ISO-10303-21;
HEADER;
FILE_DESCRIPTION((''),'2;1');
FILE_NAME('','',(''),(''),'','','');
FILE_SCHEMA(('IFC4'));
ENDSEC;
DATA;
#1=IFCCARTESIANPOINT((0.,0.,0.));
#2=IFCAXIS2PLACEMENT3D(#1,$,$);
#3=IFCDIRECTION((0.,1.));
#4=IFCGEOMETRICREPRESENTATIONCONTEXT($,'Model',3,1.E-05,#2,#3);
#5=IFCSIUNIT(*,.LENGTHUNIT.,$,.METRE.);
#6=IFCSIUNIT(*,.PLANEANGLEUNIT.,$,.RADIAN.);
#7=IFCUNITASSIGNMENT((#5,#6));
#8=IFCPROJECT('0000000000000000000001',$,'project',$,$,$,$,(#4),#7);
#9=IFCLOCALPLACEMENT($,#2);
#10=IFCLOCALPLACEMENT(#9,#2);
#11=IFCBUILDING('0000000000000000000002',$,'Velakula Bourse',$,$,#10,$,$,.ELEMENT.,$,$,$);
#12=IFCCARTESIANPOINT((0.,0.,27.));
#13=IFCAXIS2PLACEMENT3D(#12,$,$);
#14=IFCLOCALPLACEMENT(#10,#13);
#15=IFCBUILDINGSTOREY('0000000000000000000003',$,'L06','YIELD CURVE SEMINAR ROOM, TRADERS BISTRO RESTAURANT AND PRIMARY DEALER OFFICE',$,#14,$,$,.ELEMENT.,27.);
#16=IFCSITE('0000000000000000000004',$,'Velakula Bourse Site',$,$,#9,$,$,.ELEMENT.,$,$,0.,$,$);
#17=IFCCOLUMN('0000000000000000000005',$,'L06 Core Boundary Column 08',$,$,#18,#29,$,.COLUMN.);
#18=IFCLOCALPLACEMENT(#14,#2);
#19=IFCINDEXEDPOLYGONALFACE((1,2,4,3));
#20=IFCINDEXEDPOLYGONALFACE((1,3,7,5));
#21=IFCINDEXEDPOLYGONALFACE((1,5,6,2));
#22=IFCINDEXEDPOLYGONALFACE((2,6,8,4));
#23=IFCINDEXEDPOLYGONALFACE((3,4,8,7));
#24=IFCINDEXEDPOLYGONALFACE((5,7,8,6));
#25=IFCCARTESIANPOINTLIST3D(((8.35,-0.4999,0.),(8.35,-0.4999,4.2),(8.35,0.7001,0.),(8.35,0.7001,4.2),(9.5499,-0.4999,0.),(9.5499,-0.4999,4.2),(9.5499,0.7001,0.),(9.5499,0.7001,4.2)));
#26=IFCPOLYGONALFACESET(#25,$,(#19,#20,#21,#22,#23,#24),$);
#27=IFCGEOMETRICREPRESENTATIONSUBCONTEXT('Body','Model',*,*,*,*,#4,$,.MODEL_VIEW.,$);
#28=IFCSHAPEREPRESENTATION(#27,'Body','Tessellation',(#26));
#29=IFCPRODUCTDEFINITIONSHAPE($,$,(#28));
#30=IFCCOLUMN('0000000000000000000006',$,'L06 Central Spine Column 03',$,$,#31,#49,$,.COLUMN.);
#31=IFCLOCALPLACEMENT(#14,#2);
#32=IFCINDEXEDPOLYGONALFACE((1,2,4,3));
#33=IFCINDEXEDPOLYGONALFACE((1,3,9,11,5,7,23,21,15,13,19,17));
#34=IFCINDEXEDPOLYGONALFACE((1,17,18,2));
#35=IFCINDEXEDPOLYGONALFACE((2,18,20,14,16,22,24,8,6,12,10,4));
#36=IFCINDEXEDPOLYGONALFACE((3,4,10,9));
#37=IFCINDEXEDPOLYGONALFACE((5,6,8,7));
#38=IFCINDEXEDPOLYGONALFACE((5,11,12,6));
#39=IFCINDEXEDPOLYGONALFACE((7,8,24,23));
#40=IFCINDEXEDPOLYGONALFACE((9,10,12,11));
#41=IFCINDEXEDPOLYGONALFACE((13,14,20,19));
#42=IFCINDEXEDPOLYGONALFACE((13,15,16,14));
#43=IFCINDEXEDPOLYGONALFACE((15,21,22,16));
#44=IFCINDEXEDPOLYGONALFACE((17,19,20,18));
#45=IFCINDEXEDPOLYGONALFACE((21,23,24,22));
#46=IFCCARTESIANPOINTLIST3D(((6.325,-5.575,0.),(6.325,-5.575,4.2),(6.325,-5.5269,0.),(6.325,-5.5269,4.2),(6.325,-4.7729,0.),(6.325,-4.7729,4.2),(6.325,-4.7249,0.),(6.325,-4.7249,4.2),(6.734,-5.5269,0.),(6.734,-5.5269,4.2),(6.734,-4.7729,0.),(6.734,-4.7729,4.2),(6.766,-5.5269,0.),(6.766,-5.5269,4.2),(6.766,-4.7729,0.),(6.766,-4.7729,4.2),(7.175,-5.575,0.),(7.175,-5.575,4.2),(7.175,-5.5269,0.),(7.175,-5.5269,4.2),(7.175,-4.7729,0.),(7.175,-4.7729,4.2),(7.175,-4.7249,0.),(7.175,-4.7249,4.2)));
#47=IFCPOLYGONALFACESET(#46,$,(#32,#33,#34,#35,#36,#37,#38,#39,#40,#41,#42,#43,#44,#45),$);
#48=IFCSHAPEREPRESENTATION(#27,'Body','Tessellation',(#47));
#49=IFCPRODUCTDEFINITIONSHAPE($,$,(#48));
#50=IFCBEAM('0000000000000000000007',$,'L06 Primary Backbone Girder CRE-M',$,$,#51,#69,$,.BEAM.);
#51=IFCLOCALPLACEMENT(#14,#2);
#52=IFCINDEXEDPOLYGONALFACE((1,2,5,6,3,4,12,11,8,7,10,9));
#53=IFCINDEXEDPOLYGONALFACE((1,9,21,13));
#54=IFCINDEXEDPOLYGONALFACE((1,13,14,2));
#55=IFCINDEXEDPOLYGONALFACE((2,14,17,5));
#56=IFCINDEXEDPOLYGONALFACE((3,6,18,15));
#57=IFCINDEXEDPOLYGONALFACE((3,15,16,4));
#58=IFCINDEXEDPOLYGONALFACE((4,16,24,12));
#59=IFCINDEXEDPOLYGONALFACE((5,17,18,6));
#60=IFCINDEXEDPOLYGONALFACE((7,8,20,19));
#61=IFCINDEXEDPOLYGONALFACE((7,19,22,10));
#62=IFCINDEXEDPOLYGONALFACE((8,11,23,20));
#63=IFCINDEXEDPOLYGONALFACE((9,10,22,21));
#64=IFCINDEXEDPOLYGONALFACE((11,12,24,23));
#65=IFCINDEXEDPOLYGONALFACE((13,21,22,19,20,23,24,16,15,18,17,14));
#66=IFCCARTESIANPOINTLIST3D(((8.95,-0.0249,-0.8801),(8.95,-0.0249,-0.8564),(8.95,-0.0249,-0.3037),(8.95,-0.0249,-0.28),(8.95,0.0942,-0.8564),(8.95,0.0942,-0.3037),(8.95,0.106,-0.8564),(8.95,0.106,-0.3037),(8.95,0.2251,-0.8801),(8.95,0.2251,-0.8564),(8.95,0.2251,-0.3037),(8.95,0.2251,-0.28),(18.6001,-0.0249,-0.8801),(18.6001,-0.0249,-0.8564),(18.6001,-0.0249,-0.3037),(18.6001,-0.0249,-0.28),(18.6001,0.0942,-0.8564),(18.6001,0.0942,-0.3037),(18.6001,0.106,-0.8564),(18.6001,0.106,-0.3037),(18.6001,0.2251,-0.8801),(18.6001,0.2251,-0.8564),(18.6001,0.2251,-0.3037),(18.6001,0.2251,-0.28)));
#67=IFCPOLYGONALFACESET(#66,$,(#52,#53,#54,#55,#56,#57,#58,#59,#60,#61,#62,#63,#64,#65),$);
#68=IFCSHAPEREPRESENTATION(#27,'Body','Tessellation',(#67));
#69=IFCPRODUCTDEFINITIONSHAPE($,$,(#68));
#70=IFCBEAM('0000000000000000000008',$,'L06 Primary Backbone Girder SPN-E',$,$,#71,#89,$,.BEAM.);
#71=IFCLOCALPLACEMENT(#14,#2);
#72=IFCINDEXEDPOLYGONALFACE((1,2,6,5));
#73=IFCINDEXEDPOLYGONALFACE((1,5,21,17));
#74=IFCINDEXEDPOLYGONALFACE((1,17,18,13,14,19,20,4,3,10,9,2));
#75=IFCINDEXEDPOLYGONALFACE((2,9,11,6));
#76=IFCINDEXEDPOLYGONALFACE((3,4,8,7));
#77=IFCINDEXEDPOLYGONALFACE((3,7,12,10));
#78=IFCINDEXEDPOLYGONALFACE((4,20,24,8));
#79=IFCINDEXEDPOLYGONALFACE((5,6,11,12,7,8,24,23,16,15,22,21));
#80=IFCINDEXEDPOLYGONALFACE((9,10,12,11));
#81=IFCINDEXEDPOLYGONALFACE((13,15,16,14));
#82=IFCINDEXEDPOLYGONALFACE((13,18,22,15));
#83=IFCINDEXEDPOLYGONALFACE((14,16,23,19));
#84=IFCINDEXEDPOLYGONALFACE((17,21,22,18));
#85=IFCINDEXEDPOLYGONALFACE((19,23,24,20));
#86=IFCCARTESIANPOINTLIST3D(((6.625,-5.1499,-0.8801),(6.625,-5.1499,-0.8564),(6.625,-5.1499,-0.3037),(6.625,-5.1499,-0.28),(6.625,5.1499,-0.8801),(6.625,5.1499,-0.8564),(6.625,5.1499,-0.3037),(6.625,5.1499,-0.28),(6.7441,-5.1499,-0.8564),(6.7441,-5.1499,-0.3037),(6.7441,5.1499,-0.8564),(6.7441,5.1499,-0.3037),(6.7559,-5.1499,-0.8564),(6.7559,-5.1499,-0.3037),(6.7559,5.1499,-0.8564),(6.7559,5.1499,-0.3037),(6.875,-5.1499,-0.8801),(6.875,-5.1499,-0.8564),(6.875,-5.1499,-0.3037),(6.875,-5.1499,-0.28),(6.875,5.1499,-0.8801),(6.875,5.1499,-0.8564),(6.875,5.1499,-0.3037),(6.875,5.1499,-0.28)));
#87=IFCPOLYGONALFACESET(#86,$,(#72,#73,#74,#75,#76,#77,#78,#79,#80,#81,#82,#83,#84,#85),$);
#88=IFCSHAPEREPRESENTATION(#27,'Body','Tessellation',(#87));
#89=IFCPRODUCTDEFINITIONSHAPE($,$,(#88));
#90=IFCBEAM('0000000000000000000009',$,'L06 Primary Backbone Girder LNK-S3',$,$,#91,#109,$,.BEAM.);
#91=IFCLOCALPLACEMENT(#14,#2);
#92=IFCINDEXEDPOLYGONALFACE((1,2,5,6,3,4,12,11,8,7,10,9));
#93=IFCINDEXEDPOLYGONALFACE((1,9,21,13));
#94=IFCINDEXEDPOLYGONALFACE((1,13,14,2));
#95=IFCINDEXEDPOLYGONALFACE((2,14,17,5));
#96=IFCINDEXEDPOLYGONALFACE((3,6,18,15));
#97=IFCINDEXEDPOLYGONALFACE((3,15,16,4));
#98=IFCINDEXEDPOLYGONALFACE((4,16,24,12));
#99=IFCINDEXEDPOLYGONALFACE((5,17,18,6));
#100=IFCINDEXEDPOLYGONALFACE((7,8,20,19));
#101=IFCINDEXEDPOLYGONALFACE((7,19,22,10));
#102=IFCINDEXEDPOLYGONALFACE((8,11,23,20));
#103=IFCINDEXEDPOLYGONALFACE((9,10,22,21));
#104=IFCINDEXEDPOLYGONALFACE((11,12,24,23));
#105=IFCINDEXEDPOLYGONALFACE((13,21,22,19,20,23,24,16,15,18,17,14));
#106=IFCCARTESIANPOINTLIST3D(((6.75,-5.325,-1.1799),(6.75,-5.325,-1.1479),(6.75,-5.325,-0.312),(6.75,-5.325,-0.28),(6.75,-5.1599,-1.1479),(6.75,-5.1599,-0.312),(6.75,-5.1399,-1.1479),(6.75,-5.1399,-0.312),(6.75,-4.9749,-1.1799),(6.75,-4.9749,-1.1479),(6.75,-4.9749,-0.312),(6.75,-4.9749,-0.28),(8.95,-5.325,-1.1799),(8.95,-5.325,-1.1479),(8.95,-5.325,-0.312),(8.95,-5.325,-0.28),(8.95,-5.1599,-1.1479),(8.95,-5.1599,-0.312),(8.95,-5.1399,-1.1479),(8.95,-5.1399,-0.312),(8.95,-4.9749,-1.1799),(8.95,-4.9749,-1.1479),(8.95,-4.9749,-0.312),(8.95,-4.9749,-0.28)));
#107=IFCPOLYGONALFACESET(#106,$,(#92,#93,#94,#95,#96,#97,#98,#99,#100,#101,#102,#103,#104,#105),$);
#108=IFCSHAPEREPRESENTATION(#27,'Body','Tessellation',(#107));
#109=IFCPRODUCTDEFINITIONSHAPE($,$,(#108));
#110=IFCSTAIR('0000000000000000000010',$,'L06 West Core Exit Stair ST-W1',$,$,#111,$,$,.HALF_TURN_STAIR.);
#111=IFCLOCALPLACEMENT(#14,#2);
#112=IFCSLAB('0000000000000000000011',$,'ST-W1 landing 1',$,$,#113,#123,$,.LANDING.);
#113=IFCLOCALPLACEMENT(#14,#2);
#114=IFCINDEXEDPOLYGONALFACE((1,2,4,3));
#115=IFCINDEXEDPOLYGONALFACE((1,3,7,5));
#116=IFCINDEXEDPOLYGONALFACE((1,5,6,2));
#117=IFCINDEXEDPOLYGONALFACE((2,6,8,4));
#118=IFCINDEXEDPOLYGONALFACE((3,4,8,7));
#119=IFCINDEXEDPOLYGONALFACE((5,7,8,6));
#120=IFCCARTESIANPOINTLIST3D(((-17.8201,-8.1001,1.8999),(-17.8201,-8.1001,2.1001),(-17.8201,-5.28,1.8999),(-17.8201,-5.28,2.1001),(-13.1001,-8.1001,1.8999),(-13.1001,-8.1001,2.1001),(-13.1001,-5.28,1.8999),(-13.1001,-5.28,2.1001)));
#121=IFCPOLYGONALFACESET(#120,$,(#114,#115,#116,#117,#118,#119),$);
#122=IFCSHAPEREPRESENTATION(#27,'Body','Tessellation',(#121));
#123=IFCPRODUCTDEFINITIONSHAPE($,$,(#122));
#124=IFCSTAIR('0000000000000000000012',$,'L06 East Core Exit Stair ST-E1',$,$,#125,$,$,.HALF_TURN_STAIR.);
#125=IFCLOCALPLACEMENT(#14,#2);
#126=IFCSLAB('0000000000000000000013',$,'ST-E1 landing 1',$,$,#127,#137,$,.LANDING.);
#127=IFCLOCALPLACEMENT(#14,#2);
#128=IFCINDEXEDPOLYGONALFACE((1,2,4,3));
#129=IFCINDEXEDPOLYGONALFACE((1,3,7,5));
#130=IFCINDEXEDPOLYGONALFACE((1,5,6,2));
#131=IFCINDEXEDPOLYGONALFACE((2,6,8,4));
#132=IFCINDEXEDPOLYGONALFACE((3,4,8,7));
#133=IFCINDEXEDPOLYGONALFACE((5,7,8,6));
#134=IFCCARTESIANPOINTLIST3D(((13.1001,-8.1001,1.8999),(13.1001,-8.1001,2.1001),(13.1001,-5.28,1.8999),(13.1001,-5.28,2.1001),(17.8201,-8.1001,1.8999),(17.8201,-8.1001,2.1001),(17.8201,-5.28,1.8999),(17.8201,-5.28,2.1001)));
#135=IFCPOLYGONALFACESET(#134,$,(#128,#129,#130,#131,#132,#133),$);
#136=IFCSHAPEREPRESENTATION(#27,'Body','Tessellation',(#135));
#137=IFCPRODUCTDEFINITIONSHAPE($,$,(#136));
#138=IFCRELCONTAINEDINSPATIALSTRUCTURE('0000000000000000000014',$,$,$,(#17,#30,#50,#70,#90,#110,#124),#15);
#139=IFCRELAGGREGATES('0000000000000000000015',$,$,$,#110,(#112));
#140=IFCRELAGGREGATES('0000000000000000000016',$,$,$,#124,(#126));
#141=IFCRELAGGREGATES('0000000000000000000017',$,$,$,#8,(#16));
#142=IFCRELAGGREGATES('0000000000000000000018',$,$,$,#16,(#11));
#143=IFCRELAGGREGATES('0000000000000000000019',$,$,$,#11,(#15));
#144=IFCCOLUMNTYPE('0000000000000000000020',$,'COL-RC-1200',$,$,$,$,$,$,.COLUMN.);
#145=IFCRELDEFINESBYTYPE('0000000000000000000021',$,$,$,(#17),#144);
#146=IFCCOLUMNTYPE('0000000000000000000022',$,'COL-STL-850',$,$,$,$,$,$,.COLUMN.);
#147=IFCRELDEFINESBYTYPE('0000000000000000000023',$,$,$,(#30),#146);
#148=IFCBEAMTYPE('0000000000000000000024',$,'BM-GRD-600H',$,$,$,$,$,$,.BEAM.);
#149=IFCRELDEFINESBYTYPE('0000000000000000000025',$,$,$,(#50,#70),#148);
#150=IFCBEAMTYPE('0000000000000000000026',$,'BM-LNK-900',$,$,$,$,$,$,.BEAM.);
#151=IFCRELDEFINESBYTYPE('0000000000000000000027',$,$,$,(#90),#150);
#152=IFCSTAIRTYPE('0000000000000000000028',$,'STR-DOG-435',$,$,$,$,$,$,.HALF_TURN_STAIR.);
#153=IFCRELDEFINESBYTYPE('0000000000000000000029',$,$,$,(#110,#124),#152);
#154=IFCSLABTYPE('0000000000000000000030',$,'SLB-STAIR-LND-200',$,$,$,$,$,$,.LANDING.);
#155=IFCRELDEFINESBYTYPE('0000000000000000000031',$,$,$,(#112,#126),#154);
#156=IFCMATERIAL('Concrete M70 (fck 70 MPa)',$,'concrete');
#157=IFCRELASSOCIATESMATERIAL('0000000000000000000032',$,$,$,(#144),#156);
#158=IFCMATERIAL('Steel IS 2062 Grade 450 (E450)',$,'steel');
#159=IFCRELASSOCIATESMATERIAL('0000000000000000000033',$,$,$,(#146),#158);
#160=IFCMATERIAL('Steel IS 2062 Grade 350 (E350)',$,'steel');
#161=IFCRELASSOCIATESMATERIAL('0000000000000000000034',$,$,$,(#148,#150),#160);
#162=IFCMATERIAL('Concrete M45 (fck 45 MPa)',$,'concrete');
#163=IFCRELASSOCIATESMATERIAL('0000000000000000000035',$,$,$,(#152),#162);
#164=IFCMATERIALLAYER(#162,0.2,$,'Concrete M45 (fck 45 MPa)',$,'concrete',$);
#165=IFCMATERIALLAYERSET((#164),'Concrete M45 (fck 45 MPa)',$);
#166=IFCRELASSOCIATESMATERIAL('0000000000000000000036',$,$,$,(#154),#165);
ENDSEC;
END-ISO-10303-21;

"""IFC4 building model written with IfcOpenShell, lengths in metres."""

from ifc_helpers import new_model, si_unit, direction, frame, origin, origin_2d, place, context, subcontext, project, spatial, polyline, rectangle, i_section, outline, extrude, material, layer, layer_set, material_profile, profile_set, type_object, element, aggregate, save


model = new_model("IFC4")

# Units and contexts
model_context = context("Model", 3, precision=1e-05, world=origin(), true_north=direction((0.0, 1.0)))
body_context = subcontext(model_context, "Body", "Model", "MODEL_VIEW")
ifc_project = project(units=[si_unit("LENGTHUNIT", "METRE"), si_unit("PLANEANGLEUNIT", "RADIAN")], contexts=[model_context])

# Site, building, storey
site_placement = place(None, origin())
site = spatial("IfcSite", under=ifc_project, at=site_placement, Name="Velakula Bourse Site", CompositionType="ELEMENT", RefElevation=0.0)
building_placement = place(site_placement, origin())
building = spatial("IfcBuilding", under=site, at=building_placement, Name="Velakula Bourse", CompositionType="ELEMENT")
storey_placement = place(building_placement, frame((0.0, 0.0, 27.0)))
storey = spatial("IfcBuildingStorey", under=building, at=storey_placement, Name="L06", Description="YIELD CURVE SEMINAR ROOM, TRADERS BISTRO RESTAURANT AND PRIMARY DEALER OFFICE", CompositionType="ELEMENT", Elevation=27.0)

# Columns
ifc_material_1 = material(Name="Concrete M70 (fck 70 MPa)", Category="concrete")
ifc_material_profile_1 = material_profile(ifc_material_1, rectangle(XDim=1.2, YDim=1.2, at=origin_2d()), Name="Concrete M70 (fck 70 MPa)")
ifc_profile_set_1 = profile_set([ifc_material_profile_1], Name="Concrete M70 (fck 70 MPa)")
column_type_1 = type_object("IfcColumnType", Name="COL-RC-1200", PredefinedType="COLUMN", material=ifc_profile_set_1)
column_1_placement = place(storey_placement, frame((8.95, 0.1001, 0.0), z_axis=(0.0, 0.0, 1.0), x_axis=(1.0, 0.0, 0.0)))
element("IfcColumn", 1, at=column_1_placement, inside=storey, type_object=column_type_1, Name="L06 Core Boundary Column 08", PredefinedType="COLUMN", context=body_context, shape_type="SweptSolid", body=[
    extrude(rectangle(XDim=1.2, YDim=1.2, at=origin_2d()), origin(), (0.0, 0.0, 1.0), 4.2),
])
ifc_material_2 = material(Name="Steel IS 2062 Grade 450 (E450)", Category="steel")
ifc_material_profile_2 = material_profile(ifc_material_2, i_section(OverallWidth=0.8501, OverallDepth=0.8501, WebThickness=0.032, FlangeThickness=0.0481, at=origin_2d()), Name="Steel IS 2062 Grade 450 (E450)")
ifc_profile_set_2 = profile_set([ifc_material_profile_2], Name="Steel IS 2062 Grade 450 (E450)")
column_type_2 = type_object("IfcColumnType", Name="COL-STL-850", PredefinedType="COLUMN", material=ifc_profile_set_2)
column_2_placement = place(storey_placement, frame((6.75, -5.1499, 0.0), z_axis=(0.0, 0.0, 1.0), x_axis=(1.0, 0.0, 0.0)))
element("IfcColumn", 2, at=column_2_placement, inside=storey, type_object=column_type_2, Name="L06 Central Spine Column 03", PredefinedType="COLUMN", context=body_context, shape_type="SweptSolid", body=[
    extrude(i_section(OverallWidth=0.8501, OverallDepth=0.8501, WebThickness=0.032, FlangeThickness=0.0481, at=origin_2d()), origin(), (0.0, 0.0, 1.0), 4.2),
])

# Beams
ifc_material_3 = material(Name="Steel IS 2062 Grade 350 (E350)", Category="steel")
ifc_material_profile_3 = material_profile(ifc_material_3, i_section(OverallWidth=0.25, OverallDepth=0.6001, WebThickness=0.0117, FlangeThickness=0.0237, at=origin_2d()), Name="Steel IS 2062 Grade 350 (E350)")
ifc_profile_set_3 = profile_set([ifc_material_profile_3], Name="Steel IS 2062 Grade 350 (E350)")
beam_type_1 = type_object("IfcBeamType", Name="BM-GRD-600H", PredefinedType="BEAM", material=ifc_profile_set_3)
beam_1_placement = place(storey_placement, frame((8.95, 0.1001, -0.5801), z_axis=(1.0, 0.0, 0.0), x_axis=(0.0, 1.0, 0.0)))
element("IfcBeam", 3, at=beam_1_placement, inside=storey, type_object=beam_type_1, Name="L06 Primary Backbone Girder CRE-M", PredefinedType="BEAM", context=body_context, shape_type="SweptSolid", body=[
    extrude(i_section(OverallWidth=0.25, OverallDepth=0.6001, WebThickness=0.0117, FlangeThickness=0.0237, at=origin_2d()), origin(), (0.0, 0.0, 1.0), 9.6501),
])
beam_2_placement = place(storey_placement, frame((6.75, -5.1499, -0.5801), z_axis=(0.0, 1.0, 0.0), x_axis=(-1.0, 0.0, 0.0)))
element("IfcBeam", 4, at=beam_2_placement, inside=storey, type_object=beam_type_1, Name="L06 Primary Backbone Girder SPN-E", PredefinedType="BEAM", context=body_context, shape_type="SweptSolid", body=[
    extrude(i_section(OverallWidth=0.25, OverallDepth=0.6001, WebThickness=0.0117, FlangeThickness=0.0237, at=origin_2d()), origin(), (0.0, 0.0, 1.0), 10.2998),
])
ifc_material_profile_4 = material_profile(ifc_material_3, i_section(OverallWidth=0.3501, OverallDepth=0.8999, WebThickness=0.02, FlangeThickness=0.032, at=origin_2d()), Name="Steel IS 2062 Grade 350 (E350)")
ifc_profile_set_4 = profile_set([ifc_material_profile_4], Name="Steel IS 2062 Grade 350 (E350)")
beam_type_2 = type_object("IfcBeamType", Name="BM-LNK-900", PredefinedType="BEAM", material=ifc_profile_set_4)
beam_3_placement = place(storey_placement, frame((6.75, -5.1499, -0.73), z_axis=(1.0, 0.0, 0.0), x_axis=(0.0, 1.0, 0.0)))
element("IfcBeam", 5, at=beam_3_placement, inside=storey, type_object=beam_type_2, Name="L06 Primary Backbone Girder LNK-S3", PredefinedType="BEAM", context=body_context, shape_type="SweptSolid", body=[
    extrude(i_section(OverallWidth=0.3501, OverallDepth=0.8999, WebThickness=0.02, FlangeThickness=0.032, at=origin_2d()), origin(), (0.0, 0.0, 1.0), 2.2),
])

# Stairs, slabs
ifc_material_4 = material(Name="Concrete M45 (fck 45 MPa)", Category="concrete")
stair_type = type_object("IfcStairType", Name="STR-DOG-435", PredefinedType="HALF_TURN_STAIR", material=ifc_material_4)
stair_1_placement = place(storey_placement, origin())
stair_1 = element("IfcStair", 6, at=stair_1_placement, inside=storey, type_object=stair_type, Name="L06 West Core Exit Stair ST-W1", PredefinedType="HALF_TURN_STAIR")
ifc_layer_1 = layer(ifc_material_4, 0.2, Name="Concrete M45 (fck 45 MPa)", Category="concrete")
ifc_layer_set_1 = layer_set([ifc_layer_1], Name="Concrete M45 (fck 45 MPa)")
slab_type_1 = type_object("IfcSlabType", Name="SLB-STAIR-LND-200", PredefinedType="LANDING", material=ifc_layer_set_1)
slab_1_placement = place(storey_placement, frame((0.0, 0.0, 1.8999)))
slab_1 = element("IfcSlab", 7, at=slab_1_placement, type_object=slab_type_1, Name="ST-W1 landing 1", PredefinedType="LANDING", context=body_context, shape_type="SweptSolid", body=[
    extrude(outline(polyline([(-17.8201, -5.28), (-17.8201, -8.1001), (-13.1001, -8.1001), (-13.1001, -5.28), (-17.8201, -5.28)])), origin(), (0.0, 0.0, 1.0), 0.2002),
])
aggregate(stair_1, [slab_1])
stair_2_placement = place(storey_placement, origin())
stair_2 = element("IfcStair", 8, at=stair_2_placement, inside=storey, type_object=stair_type, Name="L06 East Core Exit Stair ST-E1", PredefinedType="HALF_TURN_STAIR")
slab_2_placement = place(storey_placement, frame((0.0, 0.0, 1.8999)))
slab_2 = element("IfcSlab", 9, at=slab_2_placement, type_object=slab_type_1, Name="ST-E1 landing 1", PredefinedType="LANDING", context=body_context, shape_type="SweptSolid", body=[
    extrude(outline(polyline([(13.1001, -5.28), (13.1001, -8.1001), (17.8201, -8.1001), (17.8201, -5.28), (13.1001, -5.28)])), origin(), (0.0, 0.0, 1.0), 0.2002),
])

aggregate(stair_2, [slab_2])

save(model, "model.ifc")
